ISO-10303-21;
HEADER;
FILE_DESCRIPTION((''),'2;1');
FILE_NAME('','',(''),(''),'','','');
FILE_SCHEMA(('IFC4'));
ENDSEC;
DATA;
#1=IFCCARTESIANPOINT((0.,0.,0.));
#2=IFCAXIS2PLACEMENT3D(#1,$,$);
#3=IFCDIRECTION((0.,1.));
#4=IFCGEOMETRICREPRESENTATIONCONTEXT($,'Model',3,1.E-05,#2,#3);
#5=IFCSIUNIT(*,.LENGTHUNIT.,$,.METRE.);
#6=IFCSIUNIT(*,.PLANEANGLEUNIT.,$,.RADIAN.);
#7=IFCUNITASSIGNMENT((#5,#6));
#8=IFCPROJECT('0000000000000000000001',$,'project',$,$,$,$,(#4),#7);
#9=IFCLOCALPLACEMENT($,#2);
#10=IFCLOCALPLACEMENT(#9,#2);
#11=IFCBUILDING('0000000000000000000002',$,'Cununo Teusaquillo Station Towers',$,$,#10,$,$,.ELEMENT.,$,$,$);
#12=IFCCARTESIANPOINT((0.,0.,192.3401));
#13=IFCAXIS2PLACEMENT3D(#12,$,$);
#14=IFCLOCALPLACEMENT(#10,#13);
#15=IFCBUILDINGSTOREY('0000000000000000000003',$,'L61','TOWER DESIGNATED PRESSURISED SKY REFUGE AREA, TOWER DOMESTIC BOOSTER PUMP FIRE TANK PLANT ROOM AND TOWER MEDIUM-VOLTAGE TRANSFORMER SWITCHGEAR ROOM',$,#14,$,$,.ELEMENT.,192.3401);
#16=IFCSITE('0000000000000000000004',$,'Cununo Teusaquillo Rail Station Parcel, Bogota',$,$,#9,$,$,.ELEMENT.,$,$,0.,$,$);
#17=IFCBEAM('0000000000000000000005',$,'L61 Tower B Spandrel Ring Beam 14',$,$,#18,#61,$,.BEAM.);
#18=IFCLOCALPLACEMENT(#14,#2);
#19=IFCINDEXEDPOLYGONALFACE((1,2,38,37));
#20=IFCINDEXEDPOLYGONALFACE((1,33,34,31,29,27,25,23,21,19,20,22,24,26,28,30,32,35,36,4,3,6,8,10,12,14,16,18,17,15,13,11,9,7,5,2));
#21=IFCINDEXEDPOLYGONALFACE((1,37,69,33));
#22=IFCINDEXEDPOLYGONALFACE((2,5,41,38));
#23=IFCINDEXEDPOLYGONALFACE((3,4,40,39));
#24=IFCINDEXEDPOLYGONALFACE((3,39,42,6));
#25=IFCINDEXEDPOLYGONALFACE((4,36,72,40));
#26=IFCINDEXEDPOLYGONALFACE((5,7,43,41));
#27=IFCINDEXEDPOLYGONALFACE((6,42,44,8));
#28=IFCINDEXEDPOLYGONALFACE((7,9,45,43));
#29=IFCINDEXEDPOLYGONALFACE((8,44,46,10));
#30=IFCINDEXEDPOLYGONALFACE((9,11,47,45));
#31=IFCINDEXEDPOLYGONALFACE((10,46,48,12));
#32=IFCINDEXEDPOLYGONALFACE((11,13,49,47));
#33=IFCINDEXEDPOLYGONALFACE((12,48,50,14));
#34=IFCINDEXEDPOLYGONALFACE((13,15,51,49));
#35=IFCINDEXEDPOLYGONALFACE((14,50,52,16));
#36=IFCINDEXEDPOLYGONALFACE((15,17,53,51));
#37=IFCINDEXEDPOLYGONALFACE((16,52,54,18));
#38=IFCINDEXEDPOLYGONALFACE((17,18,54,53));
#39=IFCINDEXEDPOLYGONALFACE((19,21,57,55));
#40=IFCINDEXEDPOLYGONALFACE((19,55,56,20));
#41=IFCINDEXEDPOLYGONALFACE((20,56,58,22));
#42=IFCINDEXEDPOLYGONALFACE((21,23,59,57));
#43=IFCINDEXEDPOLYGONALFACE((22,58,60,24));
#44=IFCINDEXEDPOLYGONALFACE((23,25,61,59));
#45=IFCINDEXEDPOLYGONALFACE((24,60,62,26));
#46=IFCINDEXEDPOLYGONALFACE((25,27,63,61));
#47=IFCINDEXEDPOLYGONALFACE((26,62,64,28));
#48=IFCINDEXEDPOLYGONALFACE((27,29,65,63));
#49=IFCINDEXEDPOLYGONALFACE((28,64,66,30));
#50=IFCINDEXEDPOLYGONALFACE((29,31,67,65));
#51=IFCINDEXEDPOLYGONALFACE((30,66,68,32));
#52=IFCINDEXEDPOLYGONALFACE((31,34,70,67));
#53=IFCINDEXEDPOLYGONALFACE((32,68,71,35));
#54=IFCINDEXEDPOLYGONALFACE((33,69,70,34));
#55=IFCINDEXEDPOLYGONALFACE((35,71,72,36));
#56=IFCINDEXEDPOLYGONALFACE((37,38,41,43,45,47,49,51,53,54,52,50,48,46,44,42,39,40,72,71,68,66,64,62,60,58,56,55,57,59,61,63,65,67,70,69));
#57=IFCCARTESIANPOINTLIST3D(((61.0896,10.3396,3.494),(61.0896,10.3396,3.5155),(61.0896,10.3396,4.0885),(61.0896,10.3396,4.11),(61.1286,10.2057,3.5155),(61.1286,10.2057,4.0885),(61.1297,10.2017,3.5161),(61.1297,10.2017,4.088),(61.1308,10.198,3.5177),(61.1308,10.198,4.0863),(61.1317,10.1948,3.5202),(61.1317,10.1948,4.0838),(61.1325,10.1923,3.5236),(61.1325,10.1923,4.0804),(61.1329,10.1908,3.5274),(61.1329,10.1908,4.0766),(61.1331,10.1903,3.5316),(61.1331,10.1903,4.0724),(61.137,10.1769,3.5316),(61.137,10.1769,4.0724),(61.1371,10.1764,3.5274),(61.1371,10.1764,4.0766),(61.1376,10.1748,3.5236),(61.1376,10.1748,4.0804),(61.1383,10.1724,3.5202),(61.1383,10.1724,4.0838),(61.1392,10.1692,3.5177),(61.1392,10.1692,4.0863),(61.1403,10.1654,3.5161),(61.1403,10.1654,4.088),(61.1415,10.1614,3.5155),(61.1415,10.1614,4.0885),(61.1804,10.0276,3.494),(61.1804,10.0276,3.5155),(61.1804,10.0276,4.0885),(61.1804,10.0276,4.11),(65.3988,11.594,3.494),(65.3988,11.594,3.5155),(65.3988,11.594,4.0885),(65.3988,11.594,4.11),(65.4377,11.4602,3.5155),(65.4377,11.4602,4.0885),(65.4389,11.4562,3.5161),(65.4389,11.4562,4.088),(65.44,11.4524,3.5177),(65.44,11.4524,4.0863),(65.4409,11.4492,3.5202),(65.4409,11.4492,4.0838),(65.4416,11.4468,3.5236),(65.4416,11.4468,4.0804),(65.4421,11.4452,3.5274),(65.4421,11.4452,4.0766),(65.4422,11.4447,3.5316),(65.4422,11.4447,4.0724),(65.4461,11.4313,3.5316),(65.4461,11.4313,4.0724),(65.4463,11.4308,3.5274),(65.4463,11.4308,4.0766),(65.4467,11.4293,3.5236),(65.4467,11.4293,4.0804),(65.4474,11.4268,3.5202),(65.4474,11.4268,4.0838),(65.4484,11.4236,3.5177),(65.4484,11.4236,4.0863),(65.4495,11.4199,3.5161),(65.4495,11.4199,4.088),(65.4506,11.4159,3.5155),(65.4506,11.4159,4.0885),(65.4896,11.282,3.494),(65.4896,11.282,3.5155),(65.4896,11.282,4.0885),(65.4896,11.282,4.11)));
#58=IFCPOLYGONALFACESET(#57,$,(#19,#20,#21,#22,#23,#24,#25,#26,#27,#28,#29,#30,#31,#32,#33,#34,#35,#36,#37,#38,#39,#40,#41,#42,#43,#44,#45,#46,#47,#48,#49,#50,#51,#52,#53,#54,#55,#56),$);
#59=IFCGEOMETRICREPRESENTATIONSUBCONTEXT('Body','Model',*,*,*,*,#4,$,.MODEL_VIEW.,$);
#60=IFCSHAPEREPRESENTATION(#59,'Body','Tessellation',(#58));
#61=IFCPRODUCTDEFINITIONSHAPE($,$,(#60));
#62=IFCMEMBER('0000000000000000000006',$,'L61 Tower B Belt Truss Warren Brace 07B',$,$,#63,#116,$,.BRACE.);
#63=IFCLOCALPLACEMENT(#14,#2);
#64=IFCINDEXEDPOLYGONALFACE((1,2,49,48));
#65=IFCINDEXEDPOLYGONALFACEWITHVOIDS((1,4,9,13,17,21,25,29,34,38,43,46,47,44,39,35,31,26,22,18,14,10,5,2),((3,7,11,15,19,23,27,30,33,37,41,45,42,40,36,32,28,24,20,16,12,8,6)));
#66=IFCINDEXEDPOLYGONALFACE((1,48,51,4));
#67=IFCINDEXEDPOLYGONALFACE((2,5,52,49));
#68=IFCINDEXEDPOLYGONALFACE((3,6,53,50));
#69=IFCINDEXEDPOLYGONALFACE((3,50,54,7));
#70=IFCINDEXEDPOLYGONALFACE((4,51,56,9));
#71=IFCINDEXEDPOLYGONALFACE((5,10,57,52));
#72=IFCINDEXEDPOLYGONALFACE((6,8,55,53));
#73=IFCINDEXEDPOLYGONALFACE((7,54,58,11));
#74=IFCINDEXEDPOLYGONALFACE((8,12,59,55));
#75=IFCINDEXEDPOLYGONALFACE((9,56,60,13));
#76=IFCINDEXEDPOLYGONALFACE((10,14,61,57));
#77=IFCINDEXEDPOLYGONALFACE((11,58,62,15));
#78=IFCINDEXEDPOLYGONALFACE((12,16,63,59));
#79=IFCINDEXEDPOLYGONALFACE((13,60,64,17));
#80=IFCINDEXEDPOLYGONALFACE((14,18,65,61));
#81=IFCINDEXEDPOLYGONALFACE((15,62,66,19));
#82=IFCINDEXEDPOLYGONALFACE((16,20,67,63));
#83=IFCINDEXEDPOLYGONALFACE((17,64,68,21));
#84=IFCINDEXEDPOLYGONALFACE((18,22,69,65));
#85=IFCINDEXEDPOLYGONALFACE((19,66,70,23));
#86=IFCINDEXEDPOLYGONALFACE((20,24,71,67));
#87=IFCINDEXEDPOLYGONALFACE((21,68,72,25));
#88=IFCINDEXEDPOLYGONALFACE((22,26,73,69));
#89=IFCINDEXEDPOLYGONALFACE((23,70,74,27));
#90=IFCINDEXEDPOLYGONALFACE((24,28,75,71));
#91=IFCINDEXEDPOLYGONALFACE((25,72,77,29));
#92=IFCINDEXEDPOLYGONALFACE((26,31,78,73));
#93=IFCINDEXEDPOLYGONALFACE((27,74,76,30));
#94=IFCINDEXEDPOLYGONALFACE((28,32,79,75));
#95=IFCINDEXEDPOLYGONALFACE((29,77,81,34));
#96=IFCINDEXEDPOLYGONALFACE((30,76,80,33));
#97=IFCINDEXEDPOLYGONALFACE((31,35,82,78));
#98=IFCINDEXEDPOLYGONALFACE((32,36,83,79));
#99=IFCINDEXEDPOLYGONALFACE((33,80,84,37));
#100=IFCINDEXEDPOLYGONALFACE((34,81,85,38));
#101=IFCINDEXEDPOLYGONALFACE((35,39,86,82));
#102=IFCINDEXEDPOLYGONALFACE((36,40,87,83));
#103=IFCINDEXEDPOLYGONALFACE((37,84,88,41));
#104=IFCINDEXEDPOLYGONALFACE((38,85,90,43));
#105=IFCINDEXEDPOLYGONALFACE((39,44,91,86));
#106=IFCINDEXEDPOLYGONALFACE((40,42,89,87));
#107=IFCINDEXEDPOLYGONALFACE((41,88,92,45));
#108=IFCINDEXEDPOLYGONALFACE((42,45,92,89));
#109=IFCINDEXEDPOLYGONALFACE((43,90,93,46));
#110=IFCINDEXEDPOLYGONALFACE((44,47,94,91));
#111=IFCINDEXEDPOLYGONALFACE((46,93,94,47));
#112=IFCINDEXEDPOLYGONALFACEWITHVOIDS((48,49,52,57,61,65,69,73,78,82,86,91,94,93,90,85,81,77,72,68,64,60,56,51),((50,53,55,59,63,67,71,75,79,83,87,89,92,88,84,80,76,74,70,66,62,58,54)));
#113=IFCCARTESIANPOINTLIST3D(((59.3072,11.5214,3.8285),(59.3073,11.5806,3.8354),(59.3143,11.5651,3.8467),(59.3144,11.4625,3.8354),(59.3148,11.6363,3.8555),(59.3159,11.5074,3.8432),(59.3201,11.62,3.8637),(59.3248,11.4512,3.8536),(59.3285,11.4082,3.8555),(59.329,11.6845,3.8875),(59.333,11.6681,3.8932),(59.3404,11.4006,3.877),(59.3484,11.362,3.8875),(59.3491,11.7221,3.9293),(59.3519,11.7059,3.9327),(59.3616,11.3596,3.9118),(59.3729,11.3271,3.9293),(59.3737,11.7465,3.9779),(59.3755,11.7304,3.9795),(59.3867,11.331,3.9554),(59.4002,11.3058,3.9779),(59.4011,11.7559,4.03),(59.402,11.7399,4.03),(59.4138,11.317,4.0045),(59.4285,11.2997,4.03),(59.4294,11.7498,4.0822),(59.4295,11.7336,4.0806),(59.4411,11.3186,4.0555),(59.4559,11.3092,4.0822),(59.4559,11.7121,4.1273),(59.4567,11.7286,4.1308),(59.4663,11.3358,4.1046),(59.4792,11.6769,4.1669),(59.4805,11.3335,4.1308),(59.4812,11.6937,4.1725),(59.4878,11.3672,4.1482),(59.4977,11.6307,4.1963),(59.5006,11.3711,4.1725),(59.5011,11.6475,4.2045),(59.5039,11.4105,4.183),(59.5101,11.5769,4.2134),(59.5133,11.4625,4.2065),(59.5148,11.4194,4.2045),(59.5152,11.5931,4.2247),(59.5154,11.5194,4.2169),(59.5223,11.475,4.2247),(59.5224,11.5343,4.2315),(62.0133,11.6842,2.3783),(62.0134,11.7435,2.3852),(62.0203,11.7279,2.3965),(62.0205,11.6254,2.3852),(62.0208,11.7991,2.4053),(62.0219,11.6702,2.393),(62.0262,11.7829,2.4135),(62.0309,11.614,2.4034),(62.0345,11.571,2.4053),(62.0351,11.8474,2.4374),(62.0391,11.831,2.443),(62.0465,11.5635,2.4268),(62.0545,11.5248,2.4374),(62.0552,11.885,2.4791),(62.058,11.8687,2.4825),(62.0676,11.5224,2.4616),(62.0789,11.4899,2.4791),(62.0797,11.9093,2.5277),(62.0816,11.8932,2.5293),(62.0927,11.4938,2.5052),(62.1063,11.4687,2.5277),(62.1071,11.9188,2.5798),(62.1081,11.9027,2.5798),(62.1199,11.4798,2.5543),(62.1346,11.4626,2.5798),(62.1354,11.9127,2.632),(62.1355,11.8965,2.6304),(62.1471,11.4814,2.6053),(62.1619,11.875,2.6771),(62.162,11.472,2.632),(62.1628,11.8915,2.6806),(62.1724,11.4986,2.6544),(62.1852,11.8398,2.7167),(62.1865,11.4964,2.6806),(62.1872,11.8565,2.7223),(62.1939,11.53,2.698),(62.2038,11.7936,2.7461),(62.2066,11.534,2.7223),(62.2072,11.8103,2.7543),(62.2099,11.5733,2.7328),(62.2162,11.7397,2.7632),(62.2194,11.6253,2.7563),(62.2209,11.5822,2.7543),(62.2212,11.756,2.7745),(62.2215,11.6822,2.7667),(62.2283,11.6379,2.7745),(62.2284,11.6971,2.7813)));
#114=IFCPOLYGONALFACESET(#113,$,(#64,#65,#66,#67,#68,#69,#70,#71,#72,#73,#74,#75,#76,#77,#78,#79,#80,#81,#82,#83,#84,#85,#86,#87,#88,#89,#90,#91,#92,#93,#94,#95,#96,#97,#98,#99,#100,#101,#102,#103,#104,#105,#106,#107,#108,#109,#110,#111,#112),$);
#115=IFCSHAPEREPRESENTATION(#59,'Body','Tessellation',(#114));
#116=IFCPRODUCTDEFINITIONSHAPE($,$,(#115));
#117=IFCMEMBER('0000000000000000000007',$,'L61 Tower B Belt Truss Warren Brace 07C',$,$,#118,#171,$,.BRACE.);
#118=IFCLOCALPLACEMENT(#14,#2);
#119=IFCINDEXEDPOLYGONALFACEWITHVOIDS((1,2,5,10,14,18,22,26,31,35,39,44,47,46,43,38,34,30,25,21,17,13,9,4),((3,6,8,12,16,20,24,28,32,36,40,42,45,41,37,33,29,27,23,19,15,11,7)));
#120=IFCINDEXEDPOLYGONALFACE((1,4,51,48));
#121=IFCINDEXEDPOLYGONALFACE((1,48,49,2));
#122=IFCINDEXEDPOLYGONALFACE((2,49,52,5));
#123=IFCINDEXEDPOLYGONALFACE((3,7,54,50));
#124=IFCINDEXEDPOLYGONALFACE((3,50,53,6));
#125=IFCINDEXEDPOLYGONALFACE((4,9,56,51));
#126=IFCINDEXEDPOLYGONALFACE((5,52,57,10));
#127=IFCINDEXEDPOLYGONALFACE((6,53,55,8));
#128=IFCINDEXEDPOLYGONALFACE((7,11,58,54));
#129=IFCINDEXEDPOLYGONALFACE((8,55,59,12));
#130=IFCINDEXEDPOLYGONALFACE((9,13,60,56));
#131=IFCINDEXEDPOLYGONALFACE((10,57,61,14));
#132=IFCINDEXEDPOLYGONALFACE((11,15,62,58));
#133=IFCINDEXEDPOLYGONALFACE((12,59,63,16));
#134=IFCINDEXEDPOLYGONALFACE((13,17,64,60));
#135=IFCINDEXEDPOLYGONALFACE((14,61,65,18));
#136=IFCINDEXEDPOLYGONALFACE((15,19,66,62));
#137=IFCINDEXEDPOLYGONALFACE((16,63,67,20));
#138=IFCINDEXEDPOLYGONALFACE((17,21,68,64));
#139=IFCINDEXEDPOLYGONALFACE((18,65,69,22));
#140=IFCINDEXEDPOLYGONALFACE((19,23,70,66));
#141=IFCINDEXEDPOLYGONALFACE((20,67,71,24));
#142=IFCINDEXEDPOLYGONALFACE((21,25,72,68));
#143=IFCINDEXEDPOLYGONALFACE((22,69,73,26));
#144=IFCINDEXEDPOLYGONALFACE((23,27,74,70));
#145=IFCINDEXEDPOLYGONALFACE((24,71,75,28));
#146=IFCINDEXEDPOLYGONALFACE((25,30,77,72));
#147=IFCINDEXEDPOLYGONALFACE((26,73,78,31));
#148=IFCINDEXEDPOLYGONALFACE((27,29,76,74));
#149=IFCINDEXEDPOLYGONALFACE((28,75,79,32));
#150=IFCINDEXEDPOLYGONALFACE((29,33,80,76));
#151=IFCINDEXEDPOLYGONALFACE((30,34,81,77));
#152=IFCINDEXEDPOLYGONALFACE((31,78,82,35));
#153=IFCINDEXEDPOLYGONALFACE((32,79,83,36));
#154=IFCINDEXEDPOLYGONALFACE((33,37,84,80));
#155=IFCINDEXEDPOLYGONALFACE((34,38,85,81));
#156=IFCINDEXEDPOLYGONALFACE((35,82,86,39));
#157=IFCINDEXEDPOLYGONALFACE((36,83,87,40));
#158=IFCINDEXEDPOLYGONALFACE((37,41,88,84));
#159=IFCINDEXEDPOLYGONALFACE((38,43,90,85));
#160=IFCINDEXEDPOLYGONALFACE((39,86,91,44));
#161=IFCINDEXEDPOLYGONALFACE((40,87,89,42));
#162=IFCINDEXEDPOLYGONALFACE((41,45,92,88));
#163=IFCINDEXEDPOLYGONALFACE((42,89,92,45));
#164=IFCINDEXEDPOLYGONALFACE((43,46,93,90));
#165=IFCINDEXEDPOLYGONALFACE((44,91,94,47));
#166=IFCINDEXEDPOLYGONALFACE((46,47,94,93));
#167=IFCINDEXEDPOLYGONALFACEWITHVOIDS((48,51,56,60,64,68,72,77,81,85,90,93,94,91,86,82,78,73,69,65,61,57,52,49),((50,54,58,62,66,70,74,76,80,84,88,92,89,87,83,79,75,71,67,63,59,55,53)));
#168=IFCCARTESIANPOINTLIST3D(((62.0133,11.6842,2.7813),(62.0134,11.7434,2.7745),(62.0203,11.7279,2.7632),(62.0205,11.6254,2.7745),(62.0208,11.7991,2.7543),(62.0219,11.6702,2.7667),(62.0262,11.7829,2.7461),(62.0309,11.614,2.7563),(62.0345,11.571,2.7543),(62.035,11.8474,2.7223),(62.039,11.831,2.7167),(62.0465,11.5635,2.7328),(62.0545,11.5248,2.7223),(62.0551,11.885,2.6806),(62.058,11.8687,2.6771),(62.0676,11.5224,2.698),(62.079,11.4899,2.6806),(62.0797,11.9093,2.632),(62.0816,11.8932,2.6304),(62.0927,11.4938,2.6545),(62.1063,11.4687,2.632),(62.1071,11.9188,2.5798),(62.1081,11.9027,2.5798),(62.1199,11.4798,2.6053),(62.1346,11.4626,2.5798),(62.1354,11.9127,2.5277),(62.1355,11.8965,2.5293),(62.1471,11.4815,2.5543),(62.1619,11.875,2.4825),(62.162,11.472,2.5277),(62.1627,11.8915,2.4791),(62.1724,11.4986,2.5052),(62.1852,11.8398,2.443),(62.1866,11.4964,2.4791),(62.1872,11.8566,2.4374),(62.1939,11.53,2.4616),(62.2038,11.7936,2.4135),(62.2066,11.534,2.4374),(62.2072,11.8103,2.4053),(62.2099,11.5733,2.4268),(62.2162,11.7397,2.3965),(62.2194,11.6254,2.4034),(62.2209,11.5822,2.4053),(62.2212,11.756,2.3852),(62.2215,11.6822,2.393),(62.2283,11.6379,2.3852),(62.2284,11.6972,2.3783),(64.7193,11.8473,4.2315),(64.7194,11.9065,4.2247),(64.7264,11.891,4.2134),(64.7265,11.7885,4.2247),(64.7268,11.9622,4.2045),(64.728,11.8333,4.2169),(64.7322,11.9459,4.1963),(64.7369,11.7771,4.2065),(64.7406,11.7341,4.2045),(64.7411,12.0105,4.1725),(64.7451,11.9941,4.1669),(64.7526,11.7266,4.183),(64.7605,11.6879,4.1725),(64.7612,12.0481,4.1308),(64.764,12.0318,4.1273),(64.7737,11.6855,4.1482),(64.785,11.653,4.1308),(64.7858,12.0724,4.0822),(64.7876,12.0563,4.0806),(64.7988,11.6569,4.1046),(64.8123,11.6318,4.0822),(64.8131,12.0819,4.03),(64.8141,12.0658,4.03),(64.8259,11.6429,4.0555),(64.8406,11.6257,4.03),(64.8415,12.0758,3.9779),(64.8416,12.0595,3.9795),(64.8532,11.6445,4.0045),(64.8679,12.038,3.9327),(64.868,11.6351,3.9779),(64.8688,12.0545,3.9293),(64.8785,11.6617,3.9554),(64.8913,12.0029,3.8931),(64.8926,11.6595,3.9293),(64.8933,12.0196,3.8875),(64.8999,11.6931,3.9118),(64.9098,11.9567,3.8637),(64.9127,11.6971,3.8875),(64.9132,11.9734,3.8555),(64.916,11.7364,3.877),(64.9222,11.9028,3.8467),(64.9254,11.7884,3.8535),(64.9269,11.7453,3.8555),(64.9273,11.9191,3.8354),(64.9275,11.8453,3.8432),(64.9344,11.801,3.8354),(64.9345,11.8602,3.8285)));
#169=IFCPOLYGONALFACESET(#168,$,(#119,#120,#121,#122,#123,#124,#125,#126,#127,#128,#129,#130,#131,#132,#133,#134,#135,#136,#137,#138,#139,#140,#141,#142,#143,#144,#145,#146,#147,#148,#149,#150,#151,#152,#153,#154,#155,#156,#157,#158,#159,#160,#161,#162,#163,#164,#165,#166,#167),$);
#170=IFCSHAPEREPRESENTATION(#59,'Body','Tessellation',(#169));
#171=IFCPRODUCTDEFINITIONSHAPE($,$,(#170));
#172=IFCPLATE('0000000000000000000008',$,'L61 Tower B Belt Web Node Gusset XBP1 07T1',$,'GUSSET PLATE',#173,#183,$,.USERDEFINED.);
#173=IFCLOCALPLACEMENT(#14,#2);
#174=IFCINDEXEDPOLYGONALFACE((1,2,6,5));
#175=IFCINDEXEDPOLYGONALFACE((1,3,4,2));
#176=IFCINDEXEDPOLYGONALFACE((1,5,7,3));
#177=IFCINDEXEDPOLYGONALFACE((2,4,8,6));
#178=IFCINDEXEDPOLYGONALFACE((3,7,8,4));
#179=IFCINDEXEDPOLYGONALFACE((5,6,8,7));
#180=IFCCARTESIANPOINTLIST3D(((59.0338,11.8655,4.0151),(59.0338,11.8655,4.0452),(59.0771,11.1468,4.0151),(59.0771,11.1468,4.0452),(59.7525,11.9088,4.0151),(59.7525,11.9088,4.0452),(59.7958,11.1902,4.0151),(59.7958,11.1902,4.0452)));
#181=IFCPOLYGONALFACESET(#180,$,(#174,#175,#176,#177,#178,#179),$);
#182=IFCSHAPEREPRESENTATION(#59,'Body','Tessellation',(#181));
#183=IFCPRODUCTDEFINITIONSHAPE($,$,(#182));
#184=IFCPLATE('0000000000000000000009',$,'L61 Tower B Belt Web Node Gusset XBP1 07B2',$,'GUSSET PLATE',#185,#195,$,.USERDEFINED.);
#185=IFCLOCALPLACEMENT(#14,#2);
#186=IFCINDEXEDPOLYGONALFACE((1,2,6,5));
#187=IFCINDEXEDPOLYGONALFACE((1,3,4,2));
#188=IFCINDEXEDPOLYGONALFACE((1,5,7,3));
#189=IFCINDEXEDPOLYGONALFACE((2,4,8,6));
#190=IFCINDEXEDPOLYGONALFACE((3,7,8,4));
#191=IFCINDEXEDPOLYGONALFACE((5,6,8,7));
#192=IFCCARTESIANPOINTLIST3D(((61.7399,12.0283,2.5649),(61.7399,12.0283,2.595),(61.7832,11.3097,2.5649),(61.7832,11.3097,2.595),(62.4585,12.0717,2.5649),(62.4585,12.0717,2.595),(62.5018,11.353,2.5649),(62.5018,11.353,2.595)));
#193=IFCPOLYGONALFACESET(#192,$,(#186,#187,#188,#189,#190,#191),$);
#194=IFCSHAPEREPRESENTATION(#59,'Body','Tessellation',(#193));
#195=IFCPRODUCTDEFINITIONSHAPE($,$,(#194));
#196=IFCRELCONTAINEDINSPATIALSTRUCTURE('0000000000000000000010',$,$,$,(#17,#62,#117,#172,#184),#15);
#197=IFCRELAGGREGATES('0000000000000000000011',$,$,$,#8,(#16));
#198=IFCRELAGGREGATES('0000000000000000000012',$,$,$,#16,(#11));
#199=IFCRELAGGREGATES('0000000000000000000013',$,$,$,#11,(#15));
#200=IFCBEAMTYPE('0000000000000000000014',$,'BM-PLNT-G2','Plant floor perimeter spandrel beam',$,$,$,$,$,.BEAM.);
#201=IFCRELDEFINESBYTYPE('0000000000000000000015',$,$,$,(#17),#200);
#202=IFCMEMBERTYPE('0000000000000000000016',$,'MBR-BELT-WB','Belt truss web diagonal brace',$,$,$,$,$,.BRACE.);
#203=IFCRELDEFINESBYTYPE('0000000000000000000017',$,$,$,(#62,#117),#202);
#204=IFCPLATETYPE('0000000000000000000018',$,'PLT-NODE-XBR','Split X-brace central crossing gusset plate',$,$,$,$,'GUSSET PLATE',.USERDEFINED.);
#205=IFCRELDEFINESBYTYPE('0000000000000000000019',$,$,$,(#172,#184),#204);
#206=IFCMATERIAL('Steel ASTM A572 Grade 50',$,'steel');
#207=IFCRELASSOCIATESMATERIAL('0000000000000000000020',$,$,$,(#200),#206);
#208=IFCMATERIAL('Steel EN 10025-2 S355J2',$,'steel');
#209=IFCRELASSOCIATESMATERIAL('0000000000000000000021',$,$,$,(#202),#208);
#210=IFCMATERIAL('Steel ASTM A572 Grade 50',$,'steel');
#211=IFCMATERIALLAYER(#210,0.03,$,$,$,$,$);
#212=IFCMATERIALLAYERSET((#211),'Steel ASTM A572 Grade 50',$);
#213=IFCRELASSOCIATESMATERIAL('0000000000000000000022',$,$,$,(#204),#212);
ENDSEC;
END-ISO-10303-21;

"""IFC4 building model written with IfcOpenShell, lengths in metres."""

from ifc_helpers import new_model, si_unit, direction, frame, origin, origin_2d, place, context, subcontext, project, spatial, rectangle, hollow_circle, i_section, extrude, source, transform, mapped, material, layer, layer_set, material_profile, profile_set, type_object, element, save


model = new_model("IFC4")

# Units and contexts
model_context = context("Model", 3, precision=1e-05, world=origin(), true_north=direction((0.0, 1.0)))
body_context = subcontext(model_context, "Body", "Model", "MODEL_VIEW")
ifc_project = project(units=[si_unit("LENGTHUNIT", "METRE"), si_unit("PLANEANGLEUNIT", "RADIAN")], contexts=[model_context])

# Site, building, storey
site_placement = place(None, origin())
site = spatial("IfcSite", under=ifc_project, at=site_placement, Name="Cununo Teusaquillo Rail Station Parcel, Bogota", CompositionType="ELEMENT", RefElevation=0.0)
building_placement = place(site_placement, origin())
building = spatial("IfcBuilding", under=site, at=building_placement, Name="Cununo Teusaquillo Station Towers", CompositionType="ELEMENT")
storey_placement = place(building_placement, frame((0.0, 0.0, 192.3401)))
storey = spatial("IfcBuildingStorey", under=building, at=storey_placement, Name="L61", Description="TOWER DESIGNATED PRESSURISED SKY REFUGE AREA, TOWER DOMESTIC BOOSTER PUMP FIRE TANK PLANT ROOM AND TOWER MEDIUM-VOLTAGE TRANSFORMER SWITCHGEAR ROOM", CompositionType="ELEMENT", Elevation=192.3401)

# Beam
ifc_material_1 = material(Name="Steel ASTM A572 Grade 50", Category="steel")
ifc_material_profile_1 = material_profile(ifc_material_1, i_section(OverallWidth=0.325, OverallDepth=0.616, WebThickness=0.0139, FlangeThickness=0.0215, FilletRadius=0.0161, at=origin_2d()), Name="W24X117")
ifc_profile_set_1 = profile_set([ifc_material_profile_1], Name="Steel ASTM A572 Grade 50")
beam_type_1 = type_object("IfcBeamType", Name="BM-PLNT-G2", Description="Plant floor perimeter spandrel beam", PredefinedType="BEAM", material=ifc_profile_set_1)
beam_1_placement = place(storey_placement, frame((61.135, 10.1836, 3.802), z_axis=(0.960145, 0.279503, 0.0), x_axis=(-0.279503, 0.960145, 0.0)))
element("IfcBeam", 1, at=beam_1_placement, inside=storey, type_object=beam_type_1, Name="L61 Tower B Spandrel Ring Beam 14", PredefinedType="BEAM", context=body_context, shape_type="SweptSolid", body=[
    extrude(i_section(OverallWidth=0.325, OverallDepth=0.616, WebThickness=0.0139, FlangeThickness=0.0215, FilletRadius=0.0161, at=origin_2d()), origin(), (0.0, 0.0, 1.0), 4.488),
])

# Members
ifc_material_2 = material(Name="Steel EN 10025-2 S355J2", Category="steel")
ifc_material_profile_2 = material_profile(ifc_material_2, hollow_circle(Radius=0.2285, WallThickness=0.0161, at=origin_2d()), Name="CHS 457x16")
ifc_profile_set_2 = profile_set([ifc_material_profile_2], Name="Steel EN 10025-2 S355J2")
member_type = type_object("IfcMemberType", Name="MBR-BELT-WB", Description="Belt truss web diagonal brace", PredefinedType="BRACE", material=ifc_profile_set_2)
for number, where, z_axis, x_axis, name in (
    (2, (59.4148, 11.5278, 4.03), (0.880172, 0.052966, -0.471691), (-0.060068, 0.998194, 0.0), "L61 Tower B Belt Truss Warren Brace 07B"),
    (3, (62.1208, 11.6907, 2.5798), (0.880168, 0.053045, 0.471689), (-0.060158, 0.998189, 0.0), "L61 Tower B Belt Truss Warren Brace 07C"),
):
    element("IfcMember", number, at=place(storey_placement, frame(where, z_axis=z_axis, x_axis=x_axis)), inside=storey, type_object=member_type, Name=name, PredefinedType="BRACE", context=body_context, shape_type="SweptSolid", body=[
        extrude(hollow_circle(Radius=0.2285, WallThickness=0.0161, at=origin_2d()), origin(), (0.0, 0.0, 1.0), 3.0745),
    ])

# Plates
ifc_material_3 = material(Name="Steel ASTM A572 Grade 50", Category="steel")
ifc_layer_1 = layer(ifc_material_3, 0.03)
ifc_layer_set_1 = layer_set([ifc_layer_1], Name="Steel ASTM A572 Grade 50")
plate_type = type_object("IfcPlateType", Name="PLT-NODE-XBR", Description="Split X-brace central crossing gusset plate", ElementType="GUSSET PLATE", PredefinedType="USERDEFINED", material=ifc_layer_set_1)
shared_shape_1 = source(origin(), body_context, "Body", "SweptSolid", [
    extrude(rectangle(XDim=0.72, YDim=0.72, at=origin_2d()), origin(), (0.0, 0.0, 1.0), 0.03),
])
for number, where, z_axis, x_axis, name in (
    (4, (59.4148, 11.5278, 4.0151), (0.0, 0.0, 1.0), (0.998188, 0.060177, 0.0), "L61 Tower B Belt Web Node Gusset XBP1 07T1"),
    (5, (62.1208, 11.6907, 2.5649), (0.0, 0.0, 1.0), (0.998188, 0.060177, 0.0), "L61 Tower B Belt Web Node Gusset XBP1 07B2"),
):
    element("IfcPlate", number, at=place(storey_placement, frame(where, z_axis=z_axis, x_axis=x_axis)), inside=storey, type_object=plate_type, Name=name, ObjectType="GUSSET PLATE", PredefinedType="USERDEFINED", context=body_context, shape_type="MappedRepresentation", body=[
        mapped(shared_shape_1, transform((0.0, 0.0, 0.0), x_axis=(1.0, 0.0, 0.0), y_axis=(0.0, 1.0, 0.0), z_axis=(0.0, 0.0, 1.0), scale=1.0)),
    ])

save(model, "model.ifc")
